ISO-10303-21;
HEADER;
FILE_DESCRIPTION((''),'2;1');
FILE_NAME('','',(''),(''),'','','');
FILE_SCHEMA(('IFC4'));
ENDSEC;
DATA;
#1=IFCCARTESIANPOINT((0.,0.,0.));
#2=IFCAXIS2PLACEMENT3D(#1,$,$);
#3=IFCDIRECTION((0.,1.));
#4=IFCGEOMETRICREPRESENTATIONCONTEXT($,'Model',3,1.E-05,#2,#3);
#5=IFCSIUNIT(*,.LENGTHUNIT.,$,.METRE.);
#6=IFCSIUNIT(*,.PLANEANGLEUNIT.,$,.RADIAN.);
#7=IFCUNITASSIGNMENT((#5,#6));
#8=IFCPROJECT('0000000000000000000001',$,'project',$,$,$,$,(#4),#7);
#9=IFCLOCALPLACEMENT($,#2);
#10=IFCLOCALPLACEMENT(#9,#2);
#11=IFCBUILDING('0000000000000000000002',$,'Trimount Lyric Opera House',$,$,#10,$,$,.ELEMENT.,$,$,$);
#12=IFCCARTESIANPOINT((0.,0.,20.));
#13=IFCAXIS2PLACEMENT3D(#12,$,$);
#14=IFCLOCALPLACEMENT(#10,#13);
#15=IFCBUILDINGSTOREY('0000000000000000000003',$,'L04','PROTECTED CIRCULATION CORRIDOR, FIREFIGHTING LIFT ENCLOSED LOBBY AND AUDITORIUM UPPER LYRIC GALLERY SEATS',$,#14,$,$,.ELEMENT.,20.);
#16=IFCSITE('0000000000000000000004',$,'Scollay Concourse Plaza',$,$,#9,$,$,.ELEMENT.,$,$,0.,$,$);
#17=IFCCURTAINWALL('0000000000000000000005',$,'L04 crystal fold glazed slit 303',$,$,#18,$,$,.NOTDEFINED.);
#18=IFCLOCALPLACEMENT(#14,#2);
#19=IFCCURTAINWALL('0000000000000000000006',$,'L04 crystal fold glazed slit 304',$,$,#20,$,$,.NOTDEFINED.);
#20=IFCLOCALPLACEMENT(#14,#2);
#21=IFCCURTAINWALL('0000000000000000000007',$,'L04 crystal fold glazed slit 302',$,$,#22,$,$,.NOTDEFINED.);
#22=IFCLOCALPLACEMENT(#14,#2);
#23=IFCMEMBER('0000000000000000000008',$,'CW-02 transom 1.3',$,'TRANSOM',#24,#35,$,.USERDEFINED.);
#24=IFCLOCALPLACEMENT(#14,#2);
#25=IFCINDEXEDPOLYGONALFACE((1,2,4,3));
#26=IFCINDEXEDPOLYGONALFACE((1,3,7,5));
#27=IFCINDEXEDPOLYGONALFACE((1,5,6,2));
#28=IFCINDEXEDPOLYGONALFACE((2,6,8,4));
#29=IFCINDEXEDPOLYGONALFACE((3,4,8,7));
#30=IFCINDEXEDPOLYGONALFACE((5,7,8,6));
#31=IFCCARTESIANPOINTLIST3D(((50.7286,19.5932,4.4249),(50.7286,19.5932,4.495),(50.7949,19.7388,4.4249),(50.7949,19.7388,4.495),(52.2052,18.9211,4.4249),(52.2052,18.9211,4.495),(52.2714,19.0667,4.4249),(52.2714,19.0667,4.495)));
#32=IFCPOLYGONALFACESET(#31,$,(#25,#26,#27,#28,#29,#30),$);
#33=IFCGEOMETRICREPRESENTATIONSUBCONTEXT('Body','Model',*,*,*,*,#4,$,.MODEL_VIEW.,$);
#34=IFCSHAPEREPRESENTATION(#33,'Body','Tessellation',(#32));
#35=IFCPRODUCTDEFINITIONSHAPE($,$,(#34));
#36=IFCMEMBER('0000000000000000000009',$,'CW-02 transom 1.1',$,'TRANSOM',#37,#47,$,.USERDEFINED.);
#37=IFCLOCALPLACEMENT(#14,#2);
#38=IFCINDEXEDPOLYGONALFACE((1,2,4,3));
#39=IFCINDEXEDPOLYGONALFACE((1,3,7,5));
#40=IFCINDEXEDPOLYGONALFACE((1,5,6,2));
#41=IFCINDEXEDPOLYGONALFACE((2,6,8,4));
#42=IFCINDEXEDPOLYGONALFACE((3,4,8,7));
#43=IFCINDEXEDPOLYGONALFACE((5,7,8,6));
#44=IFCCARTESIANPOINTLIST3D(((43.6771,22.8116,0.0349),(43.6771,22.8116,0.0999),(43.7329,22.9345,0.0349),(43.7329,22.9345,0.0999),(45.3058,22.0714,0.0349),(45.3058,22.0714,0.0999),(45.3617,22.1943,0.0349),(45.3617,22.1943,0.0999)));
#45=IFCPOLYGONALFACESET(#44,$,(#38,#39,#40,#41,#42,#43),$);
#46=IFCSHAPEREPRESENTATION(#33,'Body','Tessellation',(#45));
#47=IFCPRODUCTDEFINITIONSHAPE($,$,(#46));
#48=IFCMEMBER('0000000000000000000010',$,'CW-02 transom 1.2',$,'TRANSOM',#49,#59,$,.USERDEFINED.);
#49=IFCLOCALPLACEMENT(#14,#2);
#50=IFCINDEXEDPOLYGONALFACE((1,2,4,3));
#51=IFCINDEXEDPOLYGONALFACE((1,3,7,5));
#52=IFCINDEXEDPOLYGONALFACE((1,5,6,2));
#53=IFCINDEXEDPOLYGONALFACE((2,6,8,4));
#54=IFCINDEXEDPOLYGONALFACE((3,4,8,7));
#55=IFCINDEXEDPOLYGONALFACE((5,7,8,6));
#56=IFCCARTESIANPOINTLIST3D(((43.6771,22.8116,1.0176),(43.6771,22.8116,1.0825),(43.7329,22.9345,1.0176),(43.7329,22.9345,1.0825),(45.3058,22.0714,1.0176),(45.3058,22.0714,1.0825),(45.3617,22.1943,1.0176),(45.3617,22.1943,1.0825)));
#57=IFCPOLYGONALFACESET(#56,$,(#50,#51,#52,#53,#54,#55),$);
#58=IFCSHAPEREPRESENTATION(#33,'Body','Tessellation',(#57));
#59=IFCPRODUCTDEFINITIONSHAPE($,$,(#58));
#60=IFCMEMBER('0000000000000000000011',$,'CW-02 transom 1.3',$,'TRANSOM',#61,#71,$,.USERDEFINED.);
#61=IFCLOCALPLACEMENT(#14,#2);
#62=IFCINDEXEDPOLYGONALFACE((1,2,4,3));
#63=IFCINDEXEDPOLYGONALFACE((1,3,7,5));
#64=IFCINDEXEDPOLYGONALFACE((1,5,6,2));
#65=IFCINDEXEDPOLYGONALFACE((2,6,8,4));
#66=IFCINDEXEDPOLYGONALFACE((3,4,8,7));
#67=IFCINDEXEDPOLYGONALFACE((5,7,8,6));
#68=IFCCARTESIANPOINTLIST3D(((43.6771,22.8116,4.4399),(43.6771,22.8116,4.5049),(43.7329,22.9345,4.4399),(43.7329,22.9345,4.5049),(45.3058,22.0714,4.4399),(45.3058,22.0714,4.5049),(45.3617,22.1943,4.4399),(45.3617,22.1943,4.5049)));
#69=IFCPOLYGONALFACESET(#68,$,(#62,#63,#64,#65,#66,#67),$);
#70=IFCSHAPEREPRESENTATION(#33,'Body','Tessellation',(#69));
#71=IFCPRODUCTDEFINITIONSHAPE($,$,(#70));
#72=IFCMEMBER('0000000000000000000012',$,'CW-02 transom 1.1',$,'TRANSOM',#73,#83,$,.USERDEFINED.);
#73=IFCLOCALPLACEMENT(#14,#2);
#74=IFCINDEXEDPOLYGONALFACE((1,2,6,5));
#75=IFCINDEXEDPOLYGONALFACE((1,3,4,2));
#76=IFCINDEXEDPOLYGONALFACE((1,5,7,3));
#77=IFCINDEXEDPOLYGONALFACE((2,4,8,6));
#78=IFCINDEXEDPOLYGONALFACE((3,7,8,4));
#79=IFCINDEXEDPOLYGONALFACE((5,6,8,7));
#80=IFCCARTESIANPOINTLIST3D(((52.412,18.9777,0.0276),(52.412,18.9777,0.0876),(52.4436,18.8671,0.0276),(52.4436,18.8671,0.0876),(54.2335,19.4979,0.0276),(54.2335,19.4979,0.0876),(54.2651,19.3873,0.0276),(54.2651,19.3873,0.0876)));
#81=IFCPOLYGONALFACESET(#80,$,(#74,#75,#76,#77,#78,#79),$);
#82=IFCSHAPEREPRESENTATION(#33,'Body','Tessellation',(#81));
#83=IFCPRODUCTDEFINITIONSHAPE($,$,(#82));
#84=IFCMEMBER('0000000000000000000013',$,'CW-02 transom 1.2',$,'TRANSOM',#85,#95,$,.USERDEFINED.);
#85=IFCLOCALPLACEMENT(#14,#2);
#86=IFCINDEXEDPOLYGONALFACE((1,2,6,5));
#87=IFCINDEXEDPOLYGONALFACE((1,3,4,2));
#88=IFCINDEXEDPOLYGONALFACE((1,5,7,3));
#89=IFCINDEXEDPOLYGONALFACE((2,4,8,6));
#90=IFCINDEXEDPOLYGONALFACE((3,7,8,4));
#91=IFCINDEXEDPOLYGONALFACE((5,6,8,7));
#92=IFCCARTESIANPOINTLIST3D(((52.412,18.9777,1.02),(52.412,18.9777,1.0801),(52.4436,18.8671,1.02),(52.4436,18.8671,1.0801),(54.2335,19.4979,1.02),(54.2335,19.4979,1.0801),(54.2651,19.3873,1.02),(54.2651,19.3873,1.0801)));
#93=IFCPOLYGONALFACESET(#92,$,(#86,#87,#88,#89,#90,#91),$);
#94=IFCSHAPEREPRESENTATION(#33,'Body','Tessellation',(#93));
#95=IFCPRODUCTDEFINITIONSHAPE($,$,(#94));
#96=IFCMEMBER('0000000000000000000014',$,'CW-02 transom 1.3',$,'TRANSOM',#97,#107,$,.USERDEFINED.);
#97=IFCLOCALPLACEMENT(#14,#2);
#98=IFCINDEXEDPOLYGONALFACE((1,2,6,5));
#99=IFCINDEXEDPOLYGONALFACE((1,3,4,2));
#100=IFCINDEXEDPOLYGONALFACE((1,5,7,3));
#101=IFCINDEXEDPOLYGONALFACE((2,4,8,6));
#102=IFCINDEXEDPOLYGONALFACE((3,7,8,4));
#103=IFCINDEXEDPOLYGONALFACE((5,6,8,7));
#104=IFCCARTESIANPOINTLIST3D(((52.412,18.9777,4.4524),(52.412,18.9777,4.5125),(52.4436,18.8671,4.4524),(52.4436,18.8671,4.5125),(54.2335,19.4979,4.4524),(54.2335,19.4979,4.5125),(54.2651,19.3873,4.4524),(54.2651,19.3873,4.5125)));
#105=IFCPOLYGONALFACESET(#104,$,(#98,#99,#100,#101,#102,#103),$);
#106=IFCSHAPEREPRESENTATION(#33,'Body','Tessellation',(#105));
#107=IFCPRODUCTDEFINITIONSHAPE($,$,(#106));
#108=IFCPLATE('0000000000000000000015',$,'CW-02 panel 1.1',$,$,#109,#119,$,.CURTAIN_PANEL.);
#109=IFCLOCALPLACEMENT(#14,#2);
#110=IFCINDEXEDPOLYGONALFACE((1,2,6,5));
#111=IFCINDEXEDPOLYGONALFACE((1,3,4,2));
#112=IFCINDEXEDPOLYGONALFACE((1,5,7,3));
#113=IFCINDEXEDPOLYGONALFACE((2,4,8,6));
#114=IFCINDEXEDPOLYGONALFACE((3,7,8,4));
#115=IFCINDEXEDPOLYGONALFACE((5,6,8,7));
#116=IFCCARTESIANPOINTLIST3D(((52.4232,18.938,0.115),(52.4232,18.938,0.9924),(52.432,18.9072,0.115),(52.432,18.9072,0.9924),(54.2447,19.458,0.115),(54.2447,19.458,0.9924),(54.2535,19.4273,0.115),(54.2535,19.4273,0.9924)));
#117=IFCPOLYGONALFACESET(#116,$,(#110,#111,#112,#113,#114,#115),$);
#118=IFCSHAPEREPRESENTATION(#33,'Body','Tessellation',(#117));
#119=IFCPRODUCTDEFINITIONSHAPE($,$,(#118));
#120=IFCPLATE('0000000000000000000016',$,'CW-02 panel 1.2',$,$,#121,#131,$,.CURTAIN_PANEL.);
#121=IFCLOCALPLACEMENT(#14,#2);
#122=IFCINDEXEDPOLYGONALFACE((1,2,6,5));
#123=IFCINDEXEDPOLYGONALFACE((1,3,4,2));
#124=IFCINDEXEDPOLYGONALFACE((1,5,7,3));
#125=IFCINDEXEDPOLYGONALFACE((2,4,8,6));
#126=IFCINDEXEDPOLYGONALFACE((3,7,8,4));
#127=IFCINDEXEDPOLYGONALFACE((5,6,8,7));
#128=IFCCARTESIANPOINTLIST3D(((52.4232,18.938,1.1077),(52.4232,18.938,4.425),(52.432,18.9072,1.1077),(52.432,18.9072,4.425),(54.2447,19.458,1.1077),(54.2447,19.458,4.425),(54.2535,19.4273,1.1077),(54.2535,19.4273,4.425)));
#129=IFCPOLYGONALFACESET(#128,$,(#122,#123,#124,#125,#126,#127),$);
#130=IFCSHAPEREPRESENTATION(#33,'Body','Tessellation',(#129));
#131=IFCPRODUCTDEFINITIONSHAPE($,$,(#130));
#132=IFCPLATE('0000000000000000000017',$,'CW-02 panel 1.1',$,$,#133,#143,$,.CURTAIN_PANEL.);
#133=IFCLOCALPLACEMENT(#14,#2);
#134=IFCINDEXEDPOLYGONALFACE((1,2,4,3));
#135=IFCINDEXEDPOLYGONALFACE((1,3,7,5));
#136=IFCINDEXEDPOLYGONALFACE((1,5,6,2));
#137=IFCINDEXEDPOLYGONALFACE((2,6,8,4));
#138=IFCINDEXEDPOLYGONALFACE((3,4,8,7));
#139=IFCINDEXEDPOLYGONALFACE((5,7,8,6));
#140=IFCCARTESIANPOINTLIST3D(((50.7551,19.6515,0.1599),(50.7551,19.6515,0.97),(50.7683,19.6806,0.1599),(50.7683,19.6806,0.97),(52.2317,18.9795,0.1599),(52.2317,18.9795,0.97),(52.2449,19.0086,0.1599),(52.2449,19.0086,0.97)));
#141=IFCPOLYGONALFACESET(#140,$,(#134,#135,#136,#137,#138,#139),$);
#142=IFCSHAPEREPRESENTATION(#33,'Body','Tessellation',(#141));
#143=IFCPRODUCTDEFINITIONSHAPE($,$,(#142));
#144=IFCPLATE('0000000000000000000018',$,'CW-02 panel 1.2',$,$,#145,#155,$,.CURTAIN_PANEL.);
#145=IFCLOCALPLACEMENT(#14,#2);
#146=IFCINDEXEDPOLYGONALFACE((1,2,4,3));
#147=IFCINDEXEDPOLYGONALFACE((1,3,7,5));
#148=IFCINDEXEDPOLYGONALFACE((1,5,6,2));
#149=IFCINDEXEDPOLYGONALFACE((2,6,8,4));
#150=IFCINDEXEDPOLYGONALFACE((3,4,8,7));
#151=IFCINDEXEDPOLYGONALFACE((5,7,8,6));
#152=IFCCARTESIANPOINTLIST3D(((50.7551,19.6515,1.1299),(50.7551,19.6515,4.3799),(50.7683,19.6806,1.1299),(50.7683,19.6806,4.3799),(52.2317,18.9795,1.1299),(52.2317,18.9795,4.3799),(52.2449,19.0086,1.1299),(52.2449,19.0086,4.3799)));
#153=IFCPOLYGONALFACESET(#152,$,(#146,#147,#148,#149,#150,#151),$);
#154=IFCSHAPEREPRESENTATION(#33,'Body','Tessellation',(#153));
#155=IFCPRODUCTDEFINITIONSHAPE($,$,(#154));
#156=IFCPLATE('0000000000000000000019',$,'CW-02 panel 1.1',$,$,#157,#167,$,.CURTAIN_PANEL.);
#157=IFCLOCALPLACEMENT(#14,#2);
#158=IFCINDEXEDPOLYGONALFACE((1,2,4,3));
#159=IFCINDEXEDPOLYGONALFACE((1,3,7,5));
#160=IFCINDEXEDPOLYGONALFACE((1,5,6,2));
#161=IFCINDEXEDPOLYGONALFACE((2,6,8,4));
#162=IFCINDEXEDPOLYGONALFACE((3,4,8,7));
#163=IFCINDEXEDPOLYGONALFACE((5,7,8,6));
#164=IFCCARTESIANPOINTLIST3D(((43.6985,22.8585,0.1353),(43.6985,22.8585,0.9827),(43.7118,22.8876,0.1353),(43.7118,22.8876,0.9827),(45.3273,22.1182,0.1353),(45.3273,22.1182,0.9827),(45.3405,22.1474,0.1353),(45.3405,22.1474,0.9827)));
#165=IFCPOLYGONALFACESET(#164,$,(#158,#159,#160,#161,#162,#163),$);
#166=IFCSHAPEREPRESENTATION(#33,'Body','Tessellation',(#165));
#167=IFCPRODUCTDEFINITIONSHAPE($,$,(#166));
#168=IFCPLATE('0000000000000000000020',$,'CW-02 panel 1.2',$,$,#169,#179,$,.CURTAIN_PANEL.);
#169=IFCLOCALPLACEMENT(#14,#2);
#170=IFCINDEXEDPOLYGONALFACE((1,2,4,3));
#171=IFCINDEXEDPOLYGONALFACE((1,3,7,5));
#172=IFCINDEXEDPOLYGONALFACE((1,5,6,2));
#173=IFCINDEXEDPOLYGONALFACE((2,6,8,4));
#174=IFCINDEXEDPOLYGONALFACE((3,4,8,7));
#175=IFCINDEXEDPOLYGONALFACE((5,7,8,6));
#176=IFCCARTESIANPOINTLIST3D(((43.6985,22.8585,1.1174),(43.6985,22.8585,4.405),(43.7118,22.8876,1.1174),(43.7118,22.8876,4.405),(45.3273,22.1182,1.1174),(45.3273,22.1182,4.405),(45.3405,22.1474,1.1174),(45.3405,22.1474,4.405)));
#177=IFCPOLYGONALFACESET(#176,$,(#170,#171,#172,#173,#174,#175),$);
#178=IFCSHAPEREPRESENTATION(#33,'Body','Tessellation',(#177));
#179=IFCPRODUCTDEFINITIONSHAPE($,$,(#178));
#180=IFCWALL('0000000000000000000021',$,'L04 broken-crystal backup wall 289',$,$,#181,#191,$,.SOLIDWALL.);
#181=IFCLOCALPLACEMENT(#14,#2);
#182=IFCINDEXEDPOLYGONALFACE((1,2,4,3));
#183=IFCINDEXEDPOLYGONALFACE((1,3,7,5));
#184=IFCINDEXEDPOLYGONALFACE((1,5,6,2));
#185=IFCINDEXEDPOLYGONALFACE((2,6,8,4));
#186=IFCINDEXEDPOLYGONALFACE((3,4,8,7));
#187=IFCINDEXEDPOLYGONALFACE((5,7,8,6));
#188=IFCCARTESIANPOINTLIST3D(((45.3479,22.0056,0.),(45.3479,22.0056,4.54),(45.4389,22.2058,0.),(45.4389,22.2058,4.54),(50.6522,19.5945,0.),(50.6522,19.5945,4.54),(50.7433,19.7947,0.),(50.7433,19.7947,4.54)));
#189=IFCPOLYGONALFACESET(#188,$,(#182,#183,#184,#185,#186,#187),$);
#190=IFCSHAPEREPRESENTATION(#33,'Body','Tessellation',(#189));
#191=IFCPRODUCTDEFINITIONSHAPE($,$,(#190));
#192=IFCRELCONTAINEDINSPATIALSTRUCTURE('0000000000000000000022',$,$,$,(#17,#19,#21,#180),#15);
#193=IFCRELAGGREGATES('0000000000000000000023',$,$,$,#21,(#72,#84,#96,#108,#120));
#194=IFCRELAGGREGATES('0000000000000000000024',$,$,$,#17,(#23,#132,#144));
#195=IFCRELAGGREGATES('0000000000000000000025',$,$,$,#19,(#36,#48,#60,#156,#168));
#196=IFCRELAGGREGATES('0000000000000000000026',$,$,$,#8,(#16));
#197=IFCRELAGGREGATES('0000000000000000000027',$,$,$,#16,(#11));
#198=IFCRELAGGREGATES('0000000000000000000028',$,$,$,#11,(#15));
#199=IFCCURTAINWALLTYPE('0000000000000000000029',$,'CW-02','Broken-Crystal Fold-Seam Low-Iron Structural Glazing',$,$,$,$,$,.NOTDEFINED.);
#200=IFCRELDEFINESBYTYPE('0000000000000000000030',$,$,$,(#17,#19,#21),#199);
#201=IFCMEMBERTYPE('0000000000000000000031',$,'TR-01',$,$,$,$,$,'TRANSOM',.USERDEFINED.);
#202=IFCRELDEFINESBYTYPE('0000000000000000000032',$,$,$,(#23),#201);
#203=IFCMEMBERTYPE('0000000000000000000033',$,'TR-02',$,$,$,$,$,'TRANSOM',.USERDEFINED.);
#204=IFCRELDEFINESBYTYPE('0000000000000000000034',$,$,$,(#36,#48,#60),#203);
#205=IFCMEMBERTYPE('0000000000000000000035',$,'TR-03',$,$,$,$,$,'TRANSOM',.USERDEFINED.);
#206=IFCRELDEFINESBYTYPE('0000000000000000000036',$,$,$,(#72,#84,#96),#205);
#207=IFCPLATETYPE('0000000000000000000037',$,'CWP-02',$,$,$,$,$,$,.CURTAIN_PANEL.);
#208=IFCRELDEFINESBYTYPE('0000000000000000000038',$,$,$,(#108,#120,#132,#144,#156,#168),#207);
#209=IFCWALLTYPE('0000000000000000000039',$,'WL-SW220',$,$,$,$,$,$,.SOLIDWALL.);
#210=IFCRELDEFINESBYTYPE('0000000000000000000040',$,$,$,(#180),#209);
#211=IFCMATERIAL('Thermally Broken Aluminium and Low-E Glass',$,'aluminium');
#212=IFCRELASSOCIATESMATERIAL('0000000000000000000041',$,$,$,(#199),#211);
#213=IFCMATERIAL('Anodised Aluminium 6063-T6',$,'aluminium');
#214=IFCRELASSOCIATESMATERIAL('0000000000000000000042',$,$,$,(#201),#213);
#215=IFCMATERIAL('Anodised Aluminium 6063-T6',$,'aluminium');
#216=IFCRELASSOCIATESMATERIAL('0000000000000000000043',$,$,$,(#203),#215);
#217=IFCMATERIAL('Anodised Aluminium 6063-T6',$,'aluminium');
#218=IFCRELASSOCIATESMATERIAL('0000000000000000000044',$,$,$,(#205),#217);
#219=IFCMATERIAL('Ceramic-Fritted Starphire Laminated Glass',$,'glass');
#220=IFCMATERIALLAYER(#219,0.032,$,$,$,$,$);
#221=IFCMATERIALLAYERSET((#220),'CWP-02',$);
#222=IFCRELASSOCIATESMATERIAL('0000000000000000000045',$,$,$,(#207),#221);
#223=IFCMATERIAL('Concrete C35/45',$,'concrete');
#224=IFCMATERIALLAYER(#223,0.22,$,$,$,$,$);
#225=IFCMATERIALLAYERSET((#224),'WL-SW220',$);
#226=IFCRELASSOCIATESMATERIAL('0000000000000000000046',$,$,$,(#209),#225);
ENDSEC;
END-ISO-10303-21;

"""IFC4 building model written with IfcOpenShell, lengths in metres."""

from ifc_helpers import new_model, si_unit, direction, frame, frame_2d, origin, origin_2d, place, context, subcontext, project, spatial, rectangle, extrude, material, layer, layer_set, material_profile, profile_set, type_object, element, aggregate, save


model = new_model("IFC4")

# Units and contexts
model_context = context("Model", 3, precision=1e-05, world=origin(), true_north=direction((0.0, 1.0)))
body_context = subcontext(model_context, "Body", "Model", "MODEL_VIEW")
ifc_project = project(units=[si_unit("LENGTHUNIT", "METRE"), si_unit("PLANEANGLEUNIT", "RADIAN")], contexts=[model_context])

# Site, building, storey
site_placement = place(None, origin())
site = spatial("IfcSite", under=ifc_project, at=site_placement, Name="Scollay Concourse Plaza", CompositionType="ELEMENT", RefElevation=0.0)
building_placement = place(site_placement, origin())
building = spatial("IfcBuilding", under=site, at=building_placement, Name="Trimount Lyric Opera House", CompositionType="ELEMENT")
storey_placement = place(building_placement, frame((0.0, 0.0, 20.0)))
storey = spatial("IfcBuildingStorey", under=building, at=storey_placement, Name="L04", Description="PROTECTED CIRCULATION CORRIDOR, FIREFIGHTING LIFT ENCLOSED LOBBY AND AUDITORIUM UPPER LYRIC GALLERY SEATS", CompositionType="ELEMENT", Elevation=20.0)

# Curtain wall
ifc_material_1 = material(Name="Thermally Broken Aluminium and Low-E Glass", Category="aluminium")
curtain_wall_type = type_object("IfcCurtainWallType", Name="CW-02", Description="Broken-Crystal Fold-Seam Low-Iron Structural Glazing", PredefinedType="NOTDEFINED", material=ifc_material_1)
curtain_wall_1_placement = place(storey_placement, origin())
curtain_wall_1 = element("IfcCurtainWall", 1, at=curtain_wall_1_placement, inside=storey, type_object=curtain_wall_type, Name="L04 crystal fold glazed slit 303", PredefinedType="NOTDEFINED")

# Curtain wall
curtain_wall_2_placement = place(storey_placement, origin())
curtain_wall_2 = element("IfcCurtainWall", 2, at=curtain_wall_2_placement, inside=storey, type_object=curtain_wall_type, Name="L04 crystal fold glazed slit 304", PredefinedType="NOTDEFINED")

# Curtain wall
curtain_wall_3_placement = place(storey_placement, origin())
curtain_wall_3 = element("IfcCurtainWall", 3, at=curtain_wall_3_placement, inside=storey, type_object=curtain_wall_type, Name="L04 crystal fold glazed slit 302", PredefinedType="NOTDEFINED")

# Members
ifc_material_2 = material(Name="Anodised Aluminium 6063-T6", Category="aluminium")
ifc_material_profile_1 = material_profile(ifc_material_2, rectangle(XDim=0.1599, YDim=0.0701, at=origin_2d()), Name="ALU-TRAN-70X160")
ifc_profile_set_1 = profile_set([ifc_material_profile_1], Name="Anodised Aluminium 6063-T6")
member_type_1 = type_object("IfcMemberType", Name="TR-01", ElementType="TRANSOM", PredefinedType="USERDEFINED", material=ifc_profile_set_1)
member_1_placement = place(storey_placement, frame((52.2383, 18.9939, 4.46), z_axis=(-0.910145, 0.41429, 0.0), x_axis=(-0.41429, -0.910145, 0.0)))
member_1 = element("IfcMember", 4, at=member_1_placement, type_object=member_type_1, Name="CW-02 transom 1.3", ObjectType="TRANSOM", PredefinedType="USERDEFINED", context=body_context, shape_type="SweptSolid", body=[
    extrude(rectangle(XDim=0.1599, YDim=0.0701, at=origin_2d()), origin(), (0.0, 0.0, 1.0), 1.6223),
])
ifc_material_3 = material(Name="Anodised Aluminium 6063-T6", Category="aluminium")
ifc_material_profile_2 = material_profile(ifc_material_3, rectangle(XDim=0.135, YDim=0.0649, at=origin_2d()), Name="ALU-TRAN-65X135")
ifc_profile_set_2 = profile_set([ifc_material_profile_2], Name="Anodised Aluminium 6063-T6")
member_type_2 = type_object("IfcMemberType", Name="TR-02", ElementType="TRANSOM", PredefinedType="USERDEFINED", material=ifc_profile_set_2)
member_2_placement = place(storey_placement, frame((45.3337, 22.1328, 0.0674), z_axis=(-0.91038, 0.413772, 0.0), x_axis=(-0.413772, -0.91038, 0.0)))
member_2 = element("IfcMember", 5, at=member_2_placement, type_object=member_type_2, Name="CW-02 transom 1.1", ObjectType="TRANSOM", PredefinedType="USERDEFINED", context=body_context, shape_type="SweptSolid", body=[
    extrude(rectangle(XDim=0.135, YDim=0.0649, at=origin_2d()), origin(), (0.0, 0.0, 1.0), 1.7891),
])
member_3_placement = place(storey_placement, frame((45.3337, 22.1328, 1.05), z_axis=(-0.91038, 0.413772, 0.0), x_axis=(-0.413772, -0.91038, 0.0)))
member_3 = element("IfcMember", 6, at=member_3_placement, type_object=member_type_2, Name="CW-02 transom 1.2", ObjectType="TRANSOM", PredefinedType="USERDEFINED", context=body_context, shape_type="SweptSolid", body=[
    extrude(rectangle(XDim=0.135, YDim=0.0649, at=origin_2d()), origin(), (0.0, 0.0, 1.0), 1.7891),
])
member_4_placement = place(storey_placement, frame((45.3337, 22.1328, 4.4724), z_axis=(-0.91038, 0.413772, 0.0), x_axis=(-0.413772, -0.91038, 0.0)))
member_4 = element("IfcMember", 7, at=member_4_placement, type_object=member_type_2, Name="CW-02 transom 1.3", ObjectType="TRANSOM", PredefinedType="USERDEFINED", context=body_context, shape_type="SweptSolid", body=[
    extrude(rectangle(XDim=0.135, YDim=0.0649, at=origin_2d()), origin(), (0.0, 0.0, 1.0), 1.7891),
])
ifc_material_4 = material(Name="Anodised Aluminium 6063-T6", Category="aluminium")
ifc_material_profile_3 = material_profile(ifc_material_4, rectangle(XDim=0.115, YDim=0.0601, at=origin_2d()), Name="ALU-TRAN-60X115")
ifc_profile_set_3 = profile_set([ifc_material_profile_3], Name="Anodised Aluminium 6063-T6")
member_type_3 = type_object("IfcMemberType", Name="TR-03", ElementType="TRANSOM", PredefinedType="USERDEFINED", material=ifc_profile_set_3)
member_5_placement = place(storey_placement, frame((54.2493, 19.4426, 0.0576), z_axis=(-0.961548, -0.274636, 0.0), x_axis=(0.274636, -0.961548, 0.0)))
member_5 = element("IfcMember", 8, at=member_5_placement, type_object=member_type_3, Name="CW-02 transom 1.1", ObjectType="TRANSOM", PredefinedType="USERDEFINED", context=body_context, shape_type="SweptSolid", body=[
    extrude(rectangle(XDim=0.115, YDim=0.0601, at=origin_2d()), origin(), (0.0, 0.0, 1.0), 1.8943),
])
member_6_placement = place(storey_placement, frame((54.2493, 19.4426, 1.05), z_axis=(-0.961548, -0.274636, 0.0), x_axis=(0.274636, -0.961548, 0.0)))
member_6 = element("IfcMember", 9, at=member_6_placement, type_object=member_type_3, Name="CW-02 transom 1.2", ObjectType="TRANSOM", PredefinedType="USERDEFINED", context=body_context, shape_type="SweptSolid", body=[
    extrude(rectangle(XDim=0.115, YDim=0.0601, at=origin_2d()), origin(), (0.0, 0.0, 1.0), 1.8943),
])
member_7_placement = place(storey_placement, frame((54.2493, 19.4426, 4.4824), z_axis=(-0.961548, -0.274636, 0.0), x_axis=(0.274636, -0.961548, 0.0)))
member_7 = element("IfcMember", 10, at=member_7_placement, type_object=member_type_3, Name="CW-02 transom 1.3", ObjectType="TRANSOM", PredefinedType="USERDEFINED", context=body_context, shape_type="SweptSolid", body=[
    extrude(rectangle(XDim=0.115, YDim=0.0601, at=origin_2d()), origin(), (0.0, 0.0, 1.0), 1.8943),
])

# Plates
ifc_material_5 = material(Name="Ceramic-Fritted Starphire Laminated Glass", Category="glass")
ifc_layer_1 = layer(ifc_material_5, 0.032)
ifc_layer_set_1 = layer_set([ifc_layer_1], Name="CWP-02")
plate_type = type_object("IfcPlateType", Name="CWP-02", PredefinedType="CURTAIN_PANEL", material=ifc_layer_set_1)
plate_1_placement = place(storey_placement, frame((53.3384, 19.1826, 0.115), z_axis=(0.0, 0.0, 1.0), x_axis=(-0.96158, -0.274524, 0.0)))
plate_1 = element("IfcPlate", 11, at=plate_1_placement, type_object=plate_type, Name="CW-02 panel 1.1", PredefinedType="CURTAIN_PANEL", context=body_context, shape_type="SweptSolid", body=[
    extrude(rectangle(XDim=1.8943, YDim=0.032, at=origin_2d()), origin(), (0.0, 0.0, 1.0), 0.8774),
])
plate_2_placement = place(storey_placement, frame((53.3384, 19.1826, 1.1077), z_axis=(0.0, 0.0, 1.0), x_axis=(-0.96158, -0.274524, 0.0)))
plate_2 = element("IfcPlate", 12, at=plate_2_placement, type_object=plate_type, Name="CW-02 panel 1.2", PredefinedType="CURTAIN_PANEL", context=body_context, shape_type="SweptSolid", body=[
    extrude(rectangle(XDim=1.8943, YDim=0.032, at=origin_2d()), origin(), (0.0, 0.0, 1.0), 3.3174),
])
aggregate(curtain_wall_3, [member_5, member_6, member_7, plate_1, plate_2])
plate_3_placement = place(storey_placement, frame((51.5, 19.3301, 0.1599), z_axis=(0.0, 0.0, 1.0), x_axis=(-0.910172, 0.41423, 0.0)))
plate_3 = element("IfcPlate", 13, at=plate_3_placement, type_object=plate_type, Name="CW-02 panel 1.1", PredefinedType="CURTAIN_PANEL", context=body_context, shape_type="SweptSolid", body=[
    extrude(rectangle(XDim=1.6223, YDim=0.032, at=origin_2d()), origin(), (0.0, 0.0, 1.0), 0.8101),
])
plate_4_placement = place(storey_placement, frame((51.5, 19.3301, 1.1299), z_axis=(0.0, 0.0, 1.0), x_axis=(-0.910172, 0.41423, 0.0)))
plate_4 = element("IfcPlate", 14, at=plate_4_placement, type_object=plate_type, Name="CW-02 panel 1.2", PredefinedType="CURTAIN_PANEL", context=body_context, shape_type="SweptSolid", body=[
    extrude(rectangle(XDim=1.6223, YDim=0.032, at=origin_2d()), origin(), (0.0, 0.0, 1.0), 3.25),
])
aggregate(curtain_wall_1, [member_1, plate_3, plate_4])
plate_5_placement = place(storey_placement, frame((44.5195, 22.5029, 0.1353), z_axis=(0.0, 0.0, 1.0), x_axis=(-0.910384, 0.413764, 0.0)))
plate_5 = element("IfcPlate", 15, at=plate_5_placement, type_object=plate_type, Name="CW-02 panel 1.1", PredefinedType="CURTAIN_PANEL", context=body_context, shape_type="SweptSolid", body=[
    extrude(rectangle(XDim=1.7891, YDim=0.032, at=origin_2d()), origin(), (0.0, 0.0, 1.0), 0.8474),
])
plate_6_placement = place(storey_placement, frame((44.5195, 22.5029, 1.1174), z_axis=(0.0, 0.0, 1.0), x_axis=(-0.910384, 0.413764, 0.0)))
plate_6 = element("IfcPlate", 16, at=plate_6_placement, type_object=plate_type, Name="CW-02 panel 1.2", PredefinedType="CURTAIN_PANEL", context=body_context, shape_type="SweptSolid", body=[
    extrude(rectangle(XDim=1.7891, YDim=0.032, at=origin_2d()), origin(), (0.0, 0.0, 1.0), 3.2876),
])
aggregate(curtain_wall_2, [member_2, member_3, member_4, plate_5, plate_6])

# Wall
ifc_material_6 = material(Name="Concrete C35/45", Category="concrete")
ifc_layer_2 = layer(ifc_material_6, 0.22)
ifc_layer_set_2 = layer_set([ifc_layer_2], Name="WL-SW220")
wall_type = type_object("IfcWallType", Name="WL-SW220", PredefinedType="SOLIDWALL", material=ifc_layer_set_2)
wall_placement = place(storey_placement, frame((50.6978, 19.6946, 0.0), z_axis=(0.0, 0.0, 1.0), x_axis=(-0.910365, 0.413806, 0.0)))
element("IfcWall", 17, at=wall_placement, inside=storey, type_object=wall_type, Name="L04 broken-crystal backup wall 289", PredefinedType="SOLIDWALL", context=body_context, shape_type="SweptSolid", body=[
    extrude(rectangle(XDim=5.8267, YDim=0.22, at=frame_2d((2.9133, 0.0))), origin(), (0.0, 0.0, 1.0), 4.54),
])

save(model, "model.ifc")
